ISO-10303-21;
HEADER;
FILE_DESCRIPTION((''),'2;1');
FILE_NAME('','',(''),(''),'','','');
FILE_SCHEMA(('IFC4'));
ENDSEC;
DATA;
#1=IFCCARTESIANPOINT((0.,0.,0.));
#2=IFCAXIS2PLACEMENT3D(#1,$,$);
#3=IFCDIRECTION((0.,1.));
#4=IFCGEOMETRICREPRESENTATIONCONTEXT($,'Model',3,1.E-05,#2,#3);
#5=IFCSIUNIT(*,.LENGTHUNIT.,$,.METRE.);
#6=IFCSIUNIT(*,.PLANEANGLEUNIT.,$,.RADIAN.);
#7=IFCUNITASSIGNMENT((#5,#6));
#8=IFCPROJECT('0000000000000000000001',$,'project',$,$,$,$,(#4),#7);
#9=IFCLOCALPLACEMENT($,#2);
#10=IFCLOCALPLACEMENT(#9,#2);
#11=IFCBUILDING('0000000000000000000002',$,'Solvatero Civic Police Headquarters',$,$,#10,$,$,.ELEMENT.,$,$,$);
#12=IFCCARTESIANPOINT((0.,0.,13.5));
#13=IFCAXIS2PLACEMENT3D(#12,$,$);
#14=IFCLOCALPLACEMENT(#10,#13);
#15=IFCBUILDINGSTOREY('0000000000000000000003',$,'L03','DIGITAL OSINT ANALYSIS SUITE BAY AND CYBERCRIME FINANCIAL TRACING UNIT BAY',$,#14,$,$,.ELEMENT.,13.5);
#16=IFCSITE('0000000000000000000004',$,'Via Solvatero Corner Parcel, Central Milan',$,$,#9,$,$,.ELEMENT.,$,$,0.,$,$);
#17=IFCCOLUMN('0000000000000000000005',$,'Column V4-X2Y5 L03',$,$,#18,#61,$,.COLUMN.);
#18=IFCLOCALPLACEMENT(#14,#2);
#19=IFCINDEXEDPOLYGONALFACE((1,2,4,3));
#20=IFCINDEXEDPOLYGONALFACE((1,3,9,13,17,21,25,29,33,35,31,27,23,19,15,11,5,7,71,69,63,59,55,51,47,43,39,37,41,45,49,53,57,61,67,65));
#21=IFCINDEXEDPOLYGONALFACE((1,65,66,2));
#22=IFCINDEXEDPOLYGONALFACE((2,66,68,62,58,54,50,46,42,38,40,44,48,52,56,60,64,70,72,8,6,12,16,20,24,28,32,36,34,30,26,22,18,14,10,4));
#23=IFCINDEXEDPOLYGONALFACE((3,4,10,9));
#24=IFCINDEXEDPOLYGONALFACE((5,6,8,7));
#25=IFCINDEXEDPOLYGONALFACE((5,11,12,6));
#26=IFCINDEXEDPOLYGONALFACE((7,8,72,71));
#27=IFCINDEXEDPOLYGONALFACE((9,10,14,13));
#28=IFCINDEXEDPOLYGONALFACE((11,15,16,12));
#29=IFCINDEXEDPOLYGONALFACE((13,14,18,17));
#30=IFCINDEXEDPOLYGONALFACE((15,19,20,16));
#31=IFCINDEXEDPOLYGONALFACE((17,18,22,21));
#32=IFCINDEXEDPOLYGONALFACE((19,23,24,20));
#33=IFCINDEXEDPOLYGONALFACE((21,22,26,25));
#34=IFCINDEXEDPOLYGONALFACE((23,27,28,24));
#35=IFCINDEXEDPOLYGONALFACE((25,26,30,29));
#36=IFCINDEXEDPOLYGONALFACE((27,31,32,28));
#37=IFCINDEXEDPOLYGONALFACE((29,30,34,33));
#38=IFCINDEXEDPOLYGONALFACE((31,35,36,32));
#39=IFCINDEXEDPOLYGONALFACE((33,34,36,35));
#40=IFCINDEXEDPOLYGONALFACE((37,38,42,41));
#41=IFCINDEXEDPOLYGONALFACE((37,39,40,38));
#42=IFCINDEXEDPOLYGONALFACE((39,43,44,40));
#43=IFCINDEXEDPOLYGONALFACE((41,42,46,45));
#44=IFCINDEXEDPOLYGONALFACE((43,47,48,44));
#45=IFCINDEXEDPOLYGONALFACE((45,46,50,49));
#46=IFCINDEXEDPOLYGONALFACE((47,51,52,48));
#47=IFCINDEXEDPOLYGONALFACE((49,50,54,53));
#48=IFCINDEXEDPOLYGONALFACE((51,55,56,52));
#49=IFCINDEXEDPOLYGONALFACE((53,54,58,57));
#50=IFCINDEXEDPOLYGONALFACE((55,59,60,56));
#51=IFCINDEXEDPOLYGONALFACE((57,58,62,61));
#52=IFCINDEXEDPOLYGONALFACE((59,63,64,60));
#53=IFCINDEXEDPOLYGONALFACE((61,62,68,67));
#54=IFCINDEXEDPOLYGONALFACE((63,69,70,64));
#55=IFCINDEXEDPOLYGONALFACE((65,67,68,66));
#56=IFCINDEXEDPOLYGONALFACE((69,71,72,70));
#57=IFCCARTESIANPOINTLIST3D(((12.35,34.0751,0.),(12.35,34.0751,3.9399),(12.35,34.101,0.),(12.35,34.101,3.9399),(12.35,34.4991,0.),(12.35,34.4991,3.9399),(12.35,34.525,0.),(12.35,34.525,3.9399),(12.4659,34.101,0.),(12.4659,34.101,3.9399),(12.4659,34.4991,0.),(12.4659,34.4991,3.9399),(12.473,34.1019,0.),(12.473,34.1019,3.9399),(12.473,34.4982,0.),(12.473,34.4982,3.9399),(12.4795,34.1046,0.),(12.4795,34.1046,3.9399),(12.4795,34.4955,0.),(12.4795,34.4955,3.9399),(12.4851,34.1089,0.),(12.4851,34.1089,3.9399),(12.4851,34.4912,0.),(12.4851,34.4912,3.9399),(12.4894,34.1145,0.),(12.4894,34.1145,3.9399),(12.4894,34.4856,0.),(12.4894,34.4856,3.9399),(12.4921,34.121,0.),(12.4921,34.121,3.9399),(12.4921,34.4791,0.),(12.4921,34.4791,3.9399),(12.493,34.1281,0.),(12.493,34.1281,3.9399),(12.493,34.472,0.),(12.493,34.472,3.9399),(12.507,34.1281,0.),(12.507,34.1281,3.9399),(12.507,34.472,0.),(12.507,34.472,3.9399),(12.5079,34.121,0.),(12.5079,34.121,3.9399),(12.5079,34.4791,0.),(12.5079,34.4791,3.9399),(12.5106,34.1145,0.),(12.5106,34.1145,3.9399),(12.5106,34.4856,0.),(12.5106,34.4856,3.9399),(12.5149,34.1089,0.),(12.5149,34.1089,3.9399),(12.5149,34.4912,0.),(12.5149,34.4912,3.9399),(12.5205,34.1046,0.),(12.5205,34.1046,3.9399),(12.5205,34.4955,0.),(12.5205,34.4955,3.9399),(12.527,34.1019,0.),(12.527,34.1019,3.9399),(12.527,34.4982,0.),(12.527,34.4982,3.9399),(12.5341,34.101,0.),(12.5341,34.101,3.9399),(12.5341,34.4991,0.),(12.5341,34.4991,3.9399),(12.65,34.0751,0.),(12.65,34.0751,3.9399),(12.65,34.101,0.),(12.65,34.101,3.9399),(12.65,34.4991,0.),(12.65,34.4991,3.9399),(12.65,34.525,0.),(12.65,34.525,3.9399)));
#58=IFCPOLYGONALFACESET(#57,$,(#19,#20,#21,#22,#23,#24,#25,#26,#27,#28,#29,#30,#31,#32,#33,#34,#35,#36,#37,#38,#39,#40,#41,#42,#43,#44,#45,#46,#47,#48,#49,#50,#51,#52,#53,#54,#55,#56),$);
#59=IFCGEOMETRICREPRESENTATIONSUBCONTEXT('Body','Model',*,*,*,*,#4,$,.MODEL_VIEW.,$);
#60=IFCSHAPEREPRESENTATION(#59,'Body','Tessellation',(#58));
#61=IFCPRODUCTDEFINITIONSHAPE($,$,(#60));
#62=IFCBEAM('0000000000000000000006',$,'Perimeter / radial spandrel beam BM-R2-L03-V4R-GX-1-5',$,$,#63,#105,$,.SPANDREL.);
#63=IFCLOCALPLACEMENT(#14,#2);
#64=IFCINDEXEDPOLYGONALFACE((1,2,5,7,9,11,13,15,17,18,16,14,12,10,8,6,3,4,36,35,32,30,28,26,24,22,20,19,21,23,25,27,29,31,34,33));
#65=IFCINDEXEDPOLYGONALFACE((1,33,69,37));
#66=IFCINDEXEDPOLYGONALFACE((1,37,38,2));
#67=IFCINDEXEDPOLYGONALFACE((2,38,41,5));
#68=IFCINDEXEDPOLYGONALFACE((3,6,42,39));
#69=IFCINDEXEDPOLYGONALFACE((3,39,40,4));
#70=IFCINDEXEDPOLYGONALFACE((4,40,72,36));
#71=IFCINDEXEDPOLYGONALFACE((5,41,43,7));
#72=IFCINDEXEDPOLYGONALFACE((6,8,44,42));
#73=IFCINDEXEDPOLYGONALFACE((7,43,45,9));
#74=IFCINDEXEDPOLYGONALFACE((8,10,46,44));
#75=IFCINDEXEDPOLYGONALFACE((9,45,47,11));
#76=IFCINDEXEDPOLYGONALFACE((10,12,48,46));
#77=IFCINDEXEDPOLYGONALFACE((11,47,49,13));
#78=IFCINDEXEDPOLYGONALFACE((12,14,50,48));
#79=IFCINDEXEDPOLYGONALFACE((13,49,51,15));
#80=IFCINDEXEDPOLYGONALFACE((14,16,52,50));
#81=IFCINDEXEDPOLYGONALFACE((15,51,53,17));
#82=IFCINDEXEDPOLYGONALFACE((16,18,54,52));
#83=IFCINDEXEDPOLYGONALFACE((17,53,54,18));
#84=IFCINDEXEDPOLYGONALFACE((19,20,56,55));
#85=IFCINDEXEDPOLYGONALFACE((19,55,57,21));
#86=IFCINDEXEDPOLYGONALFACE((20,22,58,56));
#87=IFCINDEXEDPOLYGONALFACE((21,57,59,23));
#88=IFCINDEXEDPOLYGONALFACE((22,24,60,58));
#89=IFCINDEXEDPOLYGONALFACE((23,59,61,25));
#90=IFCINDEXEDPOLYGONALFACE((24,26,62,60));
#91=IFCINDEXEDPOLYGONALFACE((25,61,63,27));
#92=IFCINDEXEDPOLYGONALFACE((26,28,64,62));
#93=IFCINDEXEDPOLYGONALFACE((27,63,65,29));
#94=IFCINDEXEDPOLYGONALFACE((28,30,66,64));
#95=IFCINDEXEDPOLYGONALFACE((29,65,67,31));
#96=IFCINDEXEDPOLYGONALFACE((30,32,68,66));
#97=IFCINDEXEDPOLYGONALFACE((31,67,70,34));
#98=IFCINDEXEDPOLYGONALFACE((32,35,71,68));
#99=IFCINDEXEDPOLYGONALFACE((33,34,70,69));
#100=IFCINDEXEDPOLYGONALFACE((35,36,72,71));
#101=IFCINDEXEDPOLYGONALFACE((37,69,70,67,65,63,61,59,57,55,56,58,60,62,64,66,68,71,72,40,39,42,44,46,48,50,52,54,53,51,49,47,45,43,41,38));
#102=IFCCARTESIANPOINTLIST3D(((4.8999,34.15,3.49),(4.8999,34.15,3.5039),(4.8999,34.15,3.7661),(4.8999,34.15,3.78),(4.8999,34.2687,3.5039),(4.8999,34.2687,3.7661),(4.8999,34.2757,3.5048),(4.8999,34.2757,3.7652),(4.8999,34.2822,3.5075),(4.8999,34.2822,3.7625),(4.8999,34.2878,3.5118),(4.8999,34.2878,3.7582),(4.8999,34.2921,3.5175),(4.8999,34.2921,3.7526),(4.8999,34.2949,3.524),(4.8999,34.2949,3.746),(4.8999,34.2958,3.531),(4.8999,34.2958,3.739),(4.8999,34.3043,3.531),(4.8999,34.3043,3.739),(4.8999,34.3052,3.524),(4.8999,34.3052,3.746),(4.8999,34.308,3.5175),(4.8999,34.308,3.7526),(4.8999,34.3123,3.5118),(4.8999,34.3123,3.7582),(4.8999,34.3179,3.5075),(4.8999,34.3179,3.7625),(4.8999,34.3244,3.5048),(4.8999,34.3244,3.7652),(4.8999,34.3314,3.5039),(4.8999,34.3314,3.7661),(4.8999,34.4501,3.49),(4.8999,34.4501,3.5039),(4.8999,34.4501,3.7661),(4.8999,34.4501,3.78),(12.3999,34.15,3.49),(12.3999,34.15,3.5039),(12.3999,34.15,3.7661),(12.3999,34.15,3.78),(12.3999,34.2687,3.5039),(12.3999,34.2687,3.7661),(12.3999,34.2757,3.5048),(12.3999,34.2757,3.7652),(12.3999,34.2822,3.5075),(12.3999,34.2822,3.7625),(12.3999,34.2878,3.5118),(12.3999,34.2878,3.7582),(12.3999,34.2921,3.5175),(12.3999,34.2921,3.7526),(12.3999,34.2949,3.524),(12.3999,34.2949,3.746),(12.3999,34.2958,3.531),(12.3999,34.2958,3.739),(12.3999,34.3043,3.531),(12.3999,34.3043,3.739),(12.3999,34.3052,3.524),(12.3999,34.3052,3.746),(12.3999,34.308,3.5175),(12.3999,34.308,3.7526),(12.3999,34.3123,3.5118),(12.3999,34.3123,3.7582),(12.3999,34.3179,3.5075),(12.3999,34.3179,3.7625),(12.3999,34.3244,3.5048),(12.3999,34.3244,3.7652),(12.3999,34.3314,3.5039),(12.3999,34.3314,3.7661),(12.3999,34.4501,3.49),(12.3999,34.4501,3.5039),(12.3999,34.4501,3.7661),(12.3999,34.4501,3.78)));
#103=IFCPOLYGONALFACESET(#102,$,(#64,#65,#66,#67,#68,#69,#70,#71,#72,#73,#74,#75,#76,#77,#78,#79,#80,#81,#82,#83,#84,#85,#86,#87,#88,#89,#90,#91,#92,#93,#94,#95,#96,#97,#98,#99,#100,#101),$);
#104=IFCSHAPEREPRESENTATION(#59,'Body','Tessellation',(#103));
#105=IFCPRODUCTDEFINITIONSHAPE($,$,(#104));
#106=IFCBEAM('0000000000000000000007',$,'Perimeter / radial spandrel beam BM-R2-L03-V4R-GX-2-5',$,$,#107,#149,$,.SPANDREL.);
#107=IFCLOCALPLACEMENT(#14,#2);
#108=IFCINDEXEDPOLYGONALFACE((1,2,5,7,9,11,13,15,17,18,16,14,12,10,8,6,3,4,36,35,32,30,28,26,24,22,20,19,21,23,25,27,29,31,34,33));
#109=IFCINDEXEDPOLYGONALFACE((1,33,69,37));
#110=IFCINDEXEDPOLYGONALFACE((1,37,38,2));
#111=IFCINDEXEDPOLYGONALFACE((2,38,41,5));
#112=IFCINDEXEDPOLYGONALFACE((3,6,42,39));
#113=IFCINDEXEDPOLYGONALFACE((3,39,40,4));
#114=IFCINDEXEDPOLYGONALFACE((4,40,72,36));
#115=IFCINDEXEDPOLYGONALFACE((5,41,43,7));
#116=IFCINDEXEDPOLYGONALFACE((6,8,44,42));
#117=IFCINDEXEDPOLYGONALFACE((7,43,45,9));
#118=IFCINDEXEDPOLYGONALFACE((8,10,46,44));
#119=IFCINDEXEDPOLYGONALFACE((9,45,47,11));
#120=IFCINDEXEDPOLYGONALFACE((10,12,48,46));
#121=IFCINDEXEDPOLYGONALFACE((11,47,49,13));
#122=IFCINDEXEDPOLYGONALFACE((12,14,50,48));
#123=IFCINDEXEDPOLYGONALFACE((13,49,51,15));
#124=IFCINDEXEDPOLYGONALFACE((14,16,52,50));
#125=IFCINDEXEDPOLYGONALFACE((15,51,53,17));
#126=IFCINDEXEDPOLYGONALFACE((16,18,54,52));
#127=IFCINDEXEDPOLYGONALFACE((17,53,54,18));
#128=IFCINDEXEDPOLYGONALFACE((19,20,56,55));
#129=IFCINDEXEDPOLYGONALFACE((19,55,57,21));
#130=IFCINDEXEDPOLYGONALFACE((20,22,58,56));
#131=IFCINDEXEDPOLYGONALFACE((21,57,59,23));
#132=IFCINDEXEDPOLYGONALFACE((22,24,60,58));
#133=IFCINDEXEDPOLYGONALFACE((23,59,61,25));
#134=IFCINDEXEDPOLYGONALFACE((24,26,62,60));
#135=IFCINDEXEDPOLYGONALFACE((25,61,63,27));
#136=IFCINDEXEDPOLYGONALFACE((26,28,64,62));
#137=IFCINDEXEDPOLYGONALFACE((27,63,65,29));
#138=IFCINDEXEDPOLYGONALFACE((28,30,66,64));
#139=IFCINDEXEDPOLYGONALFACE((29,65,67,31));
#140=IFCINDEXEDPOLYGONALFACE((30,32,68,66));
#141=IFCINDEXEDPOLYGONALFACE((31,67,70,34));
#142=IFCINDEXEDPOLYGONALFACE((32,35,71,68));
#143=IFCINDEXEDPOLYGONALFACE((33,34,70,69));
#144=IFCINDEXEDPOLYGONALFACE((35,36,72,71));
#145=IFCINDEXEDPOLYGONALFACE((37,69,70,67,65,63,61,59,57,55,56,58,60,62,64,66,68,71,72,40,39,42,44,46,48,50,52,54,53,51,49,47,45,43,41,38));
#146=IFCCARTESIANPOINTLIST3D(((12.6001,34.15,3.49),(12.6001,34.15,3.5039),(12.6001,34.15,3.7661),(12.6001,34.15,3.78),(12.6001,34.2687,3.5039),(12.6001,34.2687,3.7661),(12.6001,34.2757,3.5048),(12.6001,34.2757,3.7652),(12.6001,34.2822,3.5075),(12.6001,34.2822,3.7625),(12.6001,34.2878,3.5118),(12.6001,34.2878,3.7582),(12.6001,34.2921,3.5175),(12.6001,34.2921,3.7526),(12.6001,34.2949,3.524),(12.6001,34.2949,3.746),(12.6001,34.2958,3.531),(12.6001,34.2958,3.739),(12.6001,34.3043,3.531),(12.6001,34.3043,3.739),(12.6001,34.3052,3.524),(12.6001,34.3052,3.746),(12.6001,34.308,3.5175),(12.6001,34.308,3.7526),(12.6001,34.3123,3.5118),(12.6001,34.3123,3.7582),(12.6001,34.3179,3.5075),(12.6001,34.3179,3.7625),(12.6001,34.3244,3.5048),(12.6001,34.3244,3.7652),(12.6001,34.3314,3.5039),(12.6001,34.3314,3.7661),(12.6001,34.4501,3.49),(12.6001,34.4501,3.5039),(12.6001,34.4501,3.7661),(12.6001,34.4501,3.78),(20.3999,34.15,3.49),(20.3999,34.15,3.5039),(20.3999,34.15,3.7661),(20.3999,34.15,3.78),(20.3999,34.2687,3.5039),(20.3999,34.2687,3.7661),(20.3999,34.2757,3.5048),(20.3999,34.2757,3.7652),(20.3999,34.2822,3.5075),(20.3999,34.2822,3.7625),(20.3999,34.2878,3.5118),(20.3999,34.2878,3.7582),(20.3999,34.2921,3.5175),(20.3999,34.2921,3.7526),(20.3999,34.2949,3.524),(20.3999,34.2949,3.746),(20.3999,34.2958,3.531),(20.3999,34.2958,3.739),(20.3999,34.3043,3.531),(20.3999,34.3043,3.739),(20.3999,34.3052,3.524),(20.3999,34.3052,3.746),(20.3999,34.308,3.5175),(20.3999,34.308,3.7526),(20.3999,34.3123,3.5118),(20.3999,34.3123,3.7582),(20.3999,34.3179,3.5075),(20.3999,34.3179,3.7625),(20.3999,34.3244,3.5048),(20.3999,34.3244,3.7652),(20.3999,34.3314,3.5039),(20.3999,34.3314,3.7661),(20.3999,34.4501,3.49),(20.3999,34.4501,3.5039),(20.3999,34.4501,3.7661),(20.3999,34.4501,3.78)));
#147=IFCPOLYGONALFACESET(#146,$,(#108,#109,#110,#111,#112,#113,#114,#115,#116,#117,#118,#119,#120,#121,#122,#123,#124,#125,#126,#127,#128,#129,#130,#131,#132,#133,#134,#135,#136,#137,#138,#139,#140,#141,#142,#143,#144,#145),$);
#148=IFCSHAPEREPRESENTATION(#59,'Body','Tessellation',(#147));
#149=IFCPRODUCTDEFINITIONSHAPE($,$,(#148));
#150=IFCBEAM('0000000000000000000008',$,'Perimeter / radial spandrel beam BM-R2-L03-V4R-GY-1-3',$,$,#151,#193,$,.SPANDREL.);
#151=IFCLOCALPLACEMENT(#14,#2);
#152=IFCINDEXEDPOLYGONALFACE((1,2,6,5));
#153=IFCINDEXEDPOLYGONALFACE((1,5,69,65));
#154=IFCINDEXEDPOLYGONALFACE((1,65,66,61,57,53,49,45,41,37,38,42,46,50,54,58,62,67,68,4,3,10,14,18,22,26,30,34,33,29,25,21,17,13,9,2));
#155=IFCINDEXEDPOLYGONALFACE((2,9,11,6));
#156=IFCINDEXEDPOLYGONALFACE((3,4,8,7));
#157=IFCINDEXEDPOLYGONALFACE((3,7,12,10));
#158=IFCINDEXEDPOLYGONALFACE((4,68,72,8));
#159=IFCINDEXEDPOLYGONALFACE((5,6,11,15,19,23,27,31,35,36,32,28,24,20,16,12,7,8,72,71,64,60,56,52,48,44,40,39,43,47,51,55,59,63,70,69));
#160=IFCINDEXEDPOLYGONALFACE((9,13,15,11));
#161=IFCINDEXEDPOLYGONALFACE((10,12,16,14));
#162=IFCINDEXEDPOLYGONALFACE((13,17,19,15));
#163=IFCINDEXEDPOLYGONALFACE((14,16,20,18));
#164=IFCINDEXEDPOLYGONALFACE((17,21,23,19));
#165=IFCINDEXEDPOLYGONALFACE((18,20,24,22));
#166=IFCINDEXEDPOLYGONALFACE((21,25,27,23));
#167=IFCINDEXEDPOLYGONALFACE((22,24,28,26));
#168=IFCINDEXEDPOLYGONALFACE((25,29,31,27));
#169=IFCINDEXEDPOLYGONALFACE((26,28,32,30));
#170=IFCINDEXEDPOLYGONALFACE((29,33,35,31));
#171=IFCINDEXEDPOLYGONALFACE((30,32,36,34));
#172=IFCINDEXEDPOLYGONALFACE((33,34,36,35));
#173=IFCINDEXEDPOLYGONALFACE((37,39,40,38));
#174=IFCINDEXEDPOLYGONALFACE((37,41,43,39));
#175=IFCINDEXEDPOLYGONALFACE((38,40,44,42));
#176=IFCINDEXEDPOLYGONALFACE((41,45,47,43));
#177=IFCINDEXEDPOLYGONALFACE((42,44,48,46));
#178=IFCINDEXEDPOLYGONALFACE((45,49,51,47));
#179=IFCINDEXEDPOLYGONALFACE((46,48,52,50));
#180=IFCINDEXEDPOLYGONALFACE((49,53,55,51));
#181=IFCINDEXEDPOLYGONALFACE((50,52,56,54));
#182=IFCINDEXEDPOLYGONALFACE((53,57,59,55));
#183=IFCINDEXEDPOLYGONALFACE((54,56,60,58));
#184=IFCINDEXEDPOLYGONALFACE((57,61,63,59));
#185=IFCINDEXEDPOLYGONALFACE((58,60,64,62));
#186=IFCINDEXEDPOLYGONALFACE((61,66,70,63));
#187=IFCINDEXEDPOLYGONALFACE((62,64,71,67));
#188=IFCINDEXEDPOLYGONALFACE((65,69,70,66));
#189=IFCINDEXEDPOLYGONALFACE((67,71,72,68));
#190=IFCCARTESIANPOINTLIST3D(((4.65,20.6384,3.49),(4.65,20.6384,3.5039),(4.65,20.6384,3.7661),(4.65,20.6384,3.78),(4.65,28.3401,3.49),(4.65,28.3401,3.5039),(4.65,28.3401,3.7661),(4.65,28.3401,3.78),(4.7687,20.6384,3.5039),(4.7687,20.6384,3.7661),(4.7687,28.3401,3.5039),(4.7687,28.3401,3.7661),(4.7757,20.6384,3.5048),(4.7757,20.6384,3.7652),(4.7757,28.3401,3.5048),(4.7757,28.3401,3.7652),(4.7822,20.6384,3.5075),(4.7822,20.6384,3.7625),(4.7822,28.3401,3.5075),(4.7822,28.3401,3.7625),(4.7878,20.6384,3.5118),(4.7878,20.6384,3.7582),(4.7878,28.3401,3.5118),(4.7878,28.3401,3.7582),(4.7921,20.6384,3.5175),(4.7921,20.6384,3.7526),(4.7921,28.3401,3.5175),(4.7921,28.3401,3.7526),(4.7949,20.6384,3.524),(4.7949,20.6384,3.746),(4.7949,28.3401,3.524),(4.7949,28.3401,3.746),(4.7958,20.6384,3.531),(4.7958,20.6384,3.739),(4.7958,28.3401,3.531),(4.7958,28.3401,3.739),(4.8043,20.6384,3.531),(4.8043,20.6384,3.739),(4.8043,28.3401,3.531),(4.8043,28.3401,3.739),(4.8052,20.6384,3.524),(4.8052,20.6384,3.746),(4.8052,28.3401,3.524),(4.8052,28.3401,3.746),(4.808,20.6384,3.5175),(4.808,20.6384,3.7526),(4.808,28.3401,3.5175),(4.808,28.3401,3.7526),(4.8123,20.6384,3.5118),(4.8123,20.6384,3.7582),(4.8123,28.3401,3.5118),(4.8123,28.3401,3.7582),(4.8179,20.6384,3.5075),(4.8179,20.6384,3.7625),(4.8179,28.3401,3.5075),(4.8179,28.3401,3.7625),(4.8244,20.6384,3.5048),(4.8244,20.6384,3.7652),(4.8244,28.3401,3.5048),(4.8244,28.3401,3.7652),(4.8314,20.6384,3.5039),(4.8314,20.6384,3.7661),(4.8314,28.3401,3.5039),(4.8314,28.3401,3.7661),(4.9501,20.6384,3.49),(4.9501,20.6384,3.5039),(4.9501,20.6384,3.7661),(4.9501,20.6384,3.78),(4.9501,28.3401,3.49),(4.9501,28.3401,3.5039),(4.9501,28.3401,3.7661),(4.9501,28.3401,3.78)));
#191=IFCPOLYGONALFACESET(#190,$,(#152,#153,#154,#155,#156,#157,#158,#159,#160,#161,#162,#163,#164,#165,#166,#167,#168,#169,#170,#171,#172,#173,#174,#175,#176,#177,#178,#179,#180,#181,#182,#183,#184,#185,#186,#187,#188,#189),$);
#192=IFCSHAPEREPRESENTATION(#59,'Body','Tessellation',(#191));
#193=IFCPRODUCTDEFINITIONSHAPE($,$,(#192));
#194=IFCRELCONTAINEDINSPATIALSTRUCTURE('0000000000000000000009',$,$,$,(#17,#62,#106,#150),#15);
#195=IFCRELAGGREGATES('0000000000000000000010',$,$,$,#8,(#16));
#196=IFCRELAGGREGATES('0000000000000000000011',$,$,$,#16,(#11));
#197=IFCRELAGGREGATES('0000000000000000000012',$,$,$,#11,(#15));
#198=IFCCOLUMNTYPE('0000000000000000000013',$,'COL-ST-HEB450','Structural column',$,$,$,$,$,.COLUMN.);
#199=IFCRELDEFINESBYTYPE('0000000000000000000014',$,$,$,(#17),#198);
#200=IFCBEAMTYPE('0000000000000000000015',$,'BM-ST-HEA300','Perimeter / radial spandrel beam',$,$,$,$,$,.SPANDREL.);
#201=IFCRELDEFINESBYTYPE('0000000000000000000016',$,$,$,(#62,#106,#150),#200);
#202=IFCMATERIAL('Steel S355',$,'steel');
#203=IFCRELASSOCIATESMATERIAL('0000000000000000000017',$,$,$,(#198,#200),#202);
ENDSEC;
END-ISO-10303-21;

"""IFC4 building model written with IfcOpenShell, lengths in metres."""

from ifc_helpers import new_model, si_unit, direction, frame, origin, origin_2d, place, context, subcontext, project, spatial, i_section, extrude, material, material_profile, profile_set, type_object, element, save


model = new_model("IFC4")

# Units and contexts
model_context = context("Model", 3, precision=1e-05, world=origin(), true_north=direction((0.0, 1.0)))
body_context = subcontext(model_context, "Body", "Model", "MODEL_VIEW")
ifc_project = project(units=[si_unit("LENGTHUNIT", "METRE"), si_unit("PLANEANGLEUNIT", "RADIAN")], contexts=[model_context])

# Site, building, storey
site_placement = place(None, origin())
site = spatial("IfcSite", under=ifc_project, at=site_placement, Name="Via Solvatero Corner Parcel, Central Milan", CompositionType="ELEMENT", RefElevation=0.0)
building_placement = place(site_placement, origin())
building = spatial("IfcBuilding", under=site, at=building_placement, Name="Solvatero Civic Police Headquarters", CompositionType="ELEMENT")
storey_placement = place(building_placement, frame((0.0, 0.0, 13.5)))
storey = spatial("IfcBuildingStorey", under=building, at=storey_placement, Name="L03", Description="DIGITAL OSINT ANALYSIS SUITE BAY AND CYBERCRIME FINANCIAL TRACING UNIT BAY", CompositionType="ELEMENT", Elevation=13.5)

# Column
ifc_material_1 = material(Name="Steel S355", Category="steel")
ifc_material_profile_1 = material_profile(ifc_material_1, i_section(OverallWidth=0.3, OverallDepth=0.45, WebThickness=0.0139, FlangeThickness=0.0259, FilletRadius=0.0271, at=origin_2d()), Name="HEB 450")
ifc_profile_set_1 = profile_set([ifc_material_profile_1], Name="Steel S355")
column_type_1 = type_object("IfcColumnType", Name="COL-ST-HEB450", Description="Structural column", PredefinedType="COLUMN", material=ifc_profile_set_1)
for number, where, z_axis, x_axis, name in (
    (1, (12.5, 34.3, 0.0), (0.0, 0.0, 1.0), (1.0, 0.0, 0.0), "Column V4-X2Y5 L03"),
):
    element("IfcColumn", number, at=place(storey_placement, frame(where, z_axis=z_axis, x_axis=x_axis)), inside=storey, type_object=column_type_1, Name=name, PredefinedType="COLUMN", context=body_context, shape_type="SweptSolid", body=[
        extrude(i_section(OverallWidth=0.3, OverallDepth=0.45, WebThickness=0.0139, FlangeThickness=0.0259, FilletRadius=0.0271, at=origin_2d()), origin(), (0.0, 0.0, 1.0), 3.9399),
    ])

# Beams
ifc_material_profile_2 = material_profile(ifc_material_1, i_section(OverallWidth=0.3, OverallDepth=0.29, WebThickness=0.0085, FlangeThickness=0.0139, FilletRadius=0.0271, at=origin_2d()), Name="HEA 300")
ifc_profile_set_2 = profile_set([ifc_material_profile_2], Name="Steel S355")
beam_type_1 = type_object("IfcBeamType", Name="BM-ST-HEA300", Description="Perimeter / radial spandrel beam", PredefinedType="SPANDREL", material=ifc_profile_set_2)
beam_1_placement = place(storey_placement, frame((4.8999, 34.3, 3.635), z_axis=(1.0, 0.0, 0.0), x_axis=(0.0, 1.0, 0.0)))
element("IfcBeam", 2, at=beam_1_placement, inside=storey, type_object=beam_type_1, Name="Perimeter / radial spandrel beam BM-R2-L03-V4R-GX-1-5", PredefinedType="SPANDREL", context=body_context, shape_type="SweptSolid", body=[
    extrude(i_section(OverallWidth=0.3, OverallDepth=0.29, WebThickness=0.0085, FlangeThickness=0.0139, FilletRadius=0.0271, at=origin_2d()), origin(), (0.0, 0.0, 1.0), 7.5),
])
beam_2_placement = place(storey_placement, frame((12.6001, 34.3, 3.635), z_axis=(1.0, 0.0, 0.0), x_axis=(0.0, 1.0, 0.0)))
element("IfcBeam", 3, at=beam_2_placement, inside=storey, type_object=beam_type_1, Name="Perimeter / radial spandrel beam BM-R2-L03-V4R-GX-2-5", PredefinedType="SPANDREL", context=body_context, shape_type="SweptSolid", body=[
    extrude(i_section(OverallWidth=0.3, OverallDepth=0.29, WebThickness=0.0085, FlangeThickness=0.0139, FilletRadius=0.0271, at=origin_2d()), origin(), (0.0, 0.0, 1.0), 7.7998),
])
beam_3_placement = place(storey_placement, frame((4.8, 20.6384, 3.635), z_axis=(0.0, 1.0, 0.0), x_axis=(-1.0, 0.0, 0.0)))
element("IfcBeam", 4, at=beam_3_placement, inside=storey, type_object=beam_type_1, Name="Perimeter / radial spandrel beam BM-R2-L03-V4R-GY-1-3", PredefinedType="SPANDREL", context=body_context, shape_type="SweptSolid", body=[
    extrude(i_section(OverallWidth=0.3, OverallDepth=0.29, WebThickness=0.0085, FlangeThickness=0.0139, FilletRadius=0.0271, at=origin_2d()), origin(), (0.0, 0.0, 1.0), 7.7017),
])

save(model, "model.ifc")
